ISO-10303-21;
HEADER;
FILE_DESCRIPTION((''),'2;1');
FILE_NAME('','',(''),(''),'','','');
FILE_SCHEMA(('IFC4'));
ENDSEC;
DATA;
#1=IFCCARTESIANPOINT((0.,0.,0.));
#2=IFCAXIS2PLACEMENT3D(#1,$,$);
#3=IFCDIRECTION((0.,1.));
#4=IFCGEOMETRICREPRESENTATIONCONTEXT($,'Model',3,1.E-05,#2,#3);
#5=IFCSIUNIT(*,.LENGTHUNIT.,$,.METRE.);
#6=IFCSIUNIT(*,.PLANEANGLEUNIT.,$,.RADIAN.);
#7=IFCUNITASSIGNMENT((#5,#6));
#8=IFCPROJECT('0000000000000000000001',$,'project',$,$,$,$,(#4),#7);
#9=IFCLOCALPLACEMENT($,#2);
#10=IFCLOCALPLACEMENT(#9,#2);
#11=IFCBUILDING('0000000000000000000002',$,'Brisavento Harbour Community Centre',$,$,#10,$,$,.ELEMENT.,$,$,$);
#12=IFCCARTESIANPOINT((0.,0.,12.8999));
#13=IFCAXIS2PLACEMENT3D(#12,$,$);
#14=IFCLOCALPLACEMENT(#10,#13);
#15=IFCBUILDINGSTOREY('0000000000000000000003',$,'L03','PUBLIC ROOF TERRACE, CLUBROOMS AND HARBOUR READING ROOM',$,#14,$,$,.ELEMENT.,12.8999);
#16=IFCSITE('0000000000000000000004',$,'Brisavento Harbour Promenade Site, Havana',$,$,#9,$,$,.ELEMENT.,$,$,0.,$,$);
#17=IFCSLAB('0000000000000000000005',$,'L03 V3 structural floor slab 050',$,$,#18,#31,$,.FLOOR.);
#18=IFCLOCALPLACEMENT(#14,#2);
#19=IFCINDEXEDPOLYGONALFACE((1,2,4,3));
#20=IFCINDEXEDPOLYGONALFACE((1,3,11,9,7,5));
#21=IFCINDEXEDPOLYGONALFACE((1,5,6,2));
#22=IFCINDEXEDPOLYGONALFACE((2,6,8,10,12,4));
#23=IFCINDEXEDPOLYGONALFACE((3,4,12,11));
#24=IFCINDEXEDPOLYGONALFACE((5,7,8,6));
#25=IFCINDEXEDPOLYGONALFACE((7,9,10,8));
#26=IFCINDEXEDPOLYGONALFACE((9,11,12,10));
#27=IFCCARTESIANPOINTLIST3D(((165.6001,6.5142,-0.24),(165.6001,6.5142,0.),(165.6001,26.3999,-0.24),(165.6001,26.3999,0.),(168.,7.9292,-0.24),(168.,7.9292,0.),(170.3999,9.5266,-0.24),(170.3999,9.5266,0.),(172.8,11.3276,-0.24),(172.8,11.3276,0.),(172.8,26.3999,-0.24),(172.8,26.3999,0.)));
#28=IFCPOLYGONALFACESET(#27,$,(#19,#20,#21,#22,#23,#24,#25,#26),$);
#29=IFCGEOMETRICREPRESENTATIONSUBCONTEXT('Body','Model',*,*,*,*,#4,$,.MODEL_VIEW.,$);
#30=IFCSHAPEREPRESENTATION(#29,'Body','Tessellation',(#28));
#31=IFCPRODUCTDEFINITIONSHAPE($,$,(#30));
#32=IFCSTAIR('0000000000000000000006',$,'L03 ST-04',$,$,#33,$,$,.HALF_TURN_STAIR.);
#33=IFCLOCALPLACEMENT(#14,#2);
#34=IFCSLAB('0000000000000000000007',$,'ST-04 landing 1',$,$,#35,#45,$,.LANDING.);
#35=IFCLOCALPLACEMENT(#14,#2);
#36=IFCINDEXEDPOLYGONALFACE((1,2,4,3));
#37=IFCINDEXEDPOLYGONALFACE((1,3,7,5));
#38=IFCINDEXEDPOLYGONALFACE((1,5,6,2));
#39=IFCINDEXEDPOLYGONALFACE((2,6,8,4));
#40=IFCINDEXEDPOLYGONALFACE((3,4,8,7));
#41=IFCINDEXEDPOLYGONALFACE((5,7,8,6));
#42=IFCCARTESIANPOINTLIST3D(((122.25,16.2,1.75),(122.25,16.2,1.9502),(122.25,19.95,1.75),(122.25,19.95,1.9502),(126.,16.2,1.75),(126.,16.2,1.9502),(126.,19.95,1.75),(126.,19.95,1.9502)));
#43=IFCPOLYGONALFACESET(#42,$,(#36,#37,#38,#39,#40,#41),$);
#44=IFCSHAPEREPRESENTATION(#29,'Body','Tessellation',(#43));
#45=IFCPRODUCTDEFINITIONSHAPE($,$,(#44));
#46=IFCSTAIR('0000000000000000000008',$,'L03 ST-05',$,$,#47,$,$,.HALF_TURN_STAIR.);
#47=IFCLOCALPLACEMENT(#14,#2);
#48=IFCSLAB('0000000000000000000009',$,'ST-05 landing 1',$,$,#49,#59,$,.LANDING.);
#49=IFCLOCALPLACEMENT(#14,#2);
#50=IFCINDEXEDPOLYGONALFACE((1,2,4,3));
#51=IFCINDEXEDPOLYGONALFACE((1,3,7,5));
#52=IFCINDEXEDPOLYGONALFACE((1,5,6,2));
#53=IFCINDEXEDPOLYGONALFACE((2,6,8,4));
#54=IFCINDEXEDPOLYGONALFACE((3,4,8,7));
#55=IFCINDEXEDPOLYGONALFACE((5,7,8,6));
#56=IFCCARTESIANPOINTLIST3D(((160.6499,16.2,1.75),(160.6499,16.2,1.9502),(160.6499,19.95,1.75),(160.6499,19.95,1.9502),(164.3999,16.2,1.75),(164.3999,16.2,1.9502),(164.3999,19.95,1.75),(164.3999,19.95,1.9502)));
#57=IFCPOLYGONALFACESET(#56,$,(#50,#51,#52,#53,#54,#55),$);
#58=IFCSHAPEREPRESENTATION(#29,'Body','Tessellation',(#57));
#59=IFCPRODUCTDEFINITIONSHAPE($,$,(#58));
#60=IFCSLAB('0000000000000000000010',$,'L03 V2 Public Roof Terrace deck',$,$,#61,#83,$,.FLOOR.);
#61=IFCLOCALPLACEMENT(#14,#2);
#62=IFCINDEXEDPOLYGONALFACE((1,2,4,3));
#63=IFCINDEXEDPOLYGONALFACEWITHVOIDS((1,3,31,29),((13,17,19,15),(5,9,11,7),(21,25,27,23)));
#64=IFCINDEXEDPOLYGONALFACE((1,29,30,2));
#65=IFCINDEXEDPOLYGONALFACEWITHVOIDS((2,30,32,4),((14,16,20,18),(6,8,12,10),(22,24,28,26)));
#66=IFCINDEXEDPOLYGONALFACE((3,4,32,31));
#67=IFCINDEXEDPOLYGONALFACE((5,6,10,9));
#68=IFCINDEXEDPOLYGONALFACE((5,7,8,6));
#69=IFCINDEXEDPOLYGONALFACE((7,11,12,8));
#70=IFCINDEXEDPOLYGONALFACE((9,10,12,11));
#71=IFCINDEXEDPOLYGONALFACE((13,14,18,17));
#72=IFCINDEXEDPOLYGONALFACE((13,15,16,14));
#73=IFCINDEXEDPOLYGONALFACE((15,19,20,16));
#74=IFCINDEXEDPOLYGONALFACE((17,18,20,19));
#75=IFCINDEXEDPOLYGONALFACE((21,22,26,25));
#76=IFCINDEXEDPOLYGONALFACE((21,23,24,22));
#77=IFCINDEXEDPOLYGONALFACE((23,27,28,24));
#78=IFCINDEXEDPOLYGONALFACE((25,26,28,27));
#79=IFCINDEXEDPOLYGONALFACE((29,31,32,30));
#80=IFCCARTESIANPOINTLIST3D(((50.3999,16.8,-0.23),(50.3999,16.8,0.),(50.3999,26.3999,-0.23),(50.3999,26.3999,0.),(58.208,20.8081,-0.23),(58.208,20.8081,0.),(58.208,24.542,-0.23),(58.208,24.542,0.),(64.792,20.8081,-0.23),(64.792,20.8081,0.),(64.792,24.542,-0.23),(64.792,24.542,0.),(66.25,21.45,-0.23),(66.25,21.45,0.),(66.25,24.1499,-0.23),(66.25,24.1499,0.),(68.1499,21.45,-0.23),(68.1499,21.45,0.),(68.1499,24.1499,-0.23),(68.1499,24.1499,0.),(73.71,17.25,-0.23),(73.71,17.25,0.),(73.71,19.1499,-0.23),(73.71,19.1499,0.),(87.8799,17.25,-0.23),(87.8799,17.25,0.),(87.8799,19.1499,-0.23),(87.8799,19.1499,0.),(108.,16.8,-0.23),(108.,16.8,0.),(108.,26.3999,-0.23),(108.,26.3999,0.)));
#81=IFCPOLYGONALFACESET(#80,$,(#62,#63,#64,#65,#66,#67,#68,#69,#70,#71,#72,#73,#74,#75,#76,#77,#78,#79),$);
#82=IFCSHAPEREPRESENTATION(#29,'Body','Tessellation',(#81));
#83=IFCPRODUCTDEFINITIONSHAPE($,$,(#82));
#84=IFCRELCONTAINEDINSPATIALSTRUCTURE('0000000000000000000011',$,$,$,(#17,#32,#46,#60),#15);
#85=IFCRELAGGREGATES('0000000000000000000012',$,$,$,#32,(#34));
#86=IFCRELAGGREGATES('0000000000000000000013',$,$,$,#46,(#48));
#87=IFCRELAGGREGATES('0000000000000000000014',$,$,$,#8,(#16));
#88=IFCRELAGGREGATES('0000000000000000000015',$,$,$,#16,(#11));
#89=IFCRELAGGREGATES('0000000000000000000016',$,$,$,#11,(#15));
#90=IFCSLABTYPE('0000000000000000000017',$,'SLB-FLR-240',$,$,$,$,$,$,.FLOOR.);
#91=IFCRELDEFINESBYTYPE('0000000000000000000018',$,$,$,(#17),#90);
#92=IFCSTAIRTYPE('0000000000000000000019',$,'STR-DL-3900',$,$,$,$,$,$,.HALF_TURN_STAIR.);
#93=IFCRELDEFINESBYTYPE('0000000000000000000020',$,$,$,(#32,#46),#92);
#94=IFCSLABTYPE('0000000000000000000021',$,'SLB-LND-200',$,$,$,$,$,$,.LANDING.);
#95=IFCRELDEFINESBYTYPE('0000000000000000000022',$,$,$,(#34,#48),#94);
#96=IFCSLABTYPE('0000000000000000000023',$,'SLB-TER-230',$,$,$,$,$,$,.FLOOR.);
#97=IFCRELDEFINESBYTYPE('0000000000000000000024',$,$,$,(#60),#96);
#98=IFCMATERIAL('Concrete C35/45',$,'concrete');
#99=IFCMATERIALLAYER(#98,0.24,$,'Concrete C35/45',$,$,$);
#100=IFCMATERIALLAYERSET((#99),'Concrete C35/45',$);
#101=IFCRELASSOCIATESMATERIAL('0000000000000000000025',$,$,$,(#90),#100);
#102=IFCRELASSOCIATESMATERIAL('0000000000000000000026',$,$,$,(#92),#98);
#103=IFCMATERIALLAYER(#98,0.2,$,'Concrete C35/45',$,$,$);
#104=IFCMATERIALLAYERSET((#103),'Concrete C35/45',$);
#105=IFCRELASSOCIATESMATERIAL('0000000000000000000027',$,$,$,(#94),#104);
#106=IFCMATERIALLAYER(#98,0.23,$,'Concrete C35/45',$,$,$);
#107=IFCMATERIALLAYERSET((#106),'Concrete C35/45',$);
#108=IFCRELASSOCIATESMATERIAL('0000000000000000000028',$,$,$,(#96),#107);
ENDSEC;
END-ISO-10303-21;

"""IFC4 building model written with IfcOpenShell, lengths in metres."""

from ifc_helpers import new_model, si_unit, direction, frame, origin, place, context, subcontext, project, spatial, polyline, outline, extrude, material, layer, layer_set, type_object, element, aggregate, save


model = new_model("IFC4")

# Units and contexts
model_context = context("Model", 3, precision=1e-05, world=origin(), true_north=direction((0.0, 1.0)))
body_context = subcontext(model_context, "Body", "Model", "MODEL_VIEW")
ifc_project = project(units=[si_unit("LENGTHUNIT", "METRE"), si_unit("PLANEANGLEUNIT", "RADIAN")], contexts=[model_context])

# Site, building, storey
site_placement = place(None, origin())
site = spatial("IfcSite", under=ifc_project, at=site_placement, Name="Brisavento Harbour Promenade Site, Havana", CompositionType="ELEMENT", RefElevation=0.0)
building_placement = place(site_placement, origin())
building = spatial("IfcBuilding", under=site, at=building_placement, Name="Brisavento Harbour Community Centre", CompositionType="ELEMENT")
storey_placement = place(building_placement, frame((0.0, 0.0, 12.8999)))
storey = spatial("IfcBuildingStorey", under=building, at=storey_placement, Name="L03", Description="PUBLIC ROOF TERRACE, CLUBROOMS AND HARBOUR READING ROOM", CompositionType="ELEMENT", Elevation=12.8999)

# Slab
ifc_material_1 = material(Name="Concrete C35/45", Category="concrete")
ifc_layer_1 = layer(ifc_material_1, 0.24, Name="Concrete C35/45")
ifc_layer_set_1 = layer_set([ifc_layer_1], Name="Concrete C35/45")
slab_type_1 = type_object("IfcSlabType", Name="SLB-FLR-240", PredefinedType="FLOOR", material=ifc_layer_set_1)
slab_1_placement = place(storey_placement, frame((0.0, 0.0, -0.24)))
element("IfcSlab", 1, at=slab_1_placement, inside=storey, type_object=slab_type_1, Name="L03 V3 structural floor slab 050", PredefinedType="FLOOR", context=body_context, shape_type="SweptSolid", body=[
    extrude(outline(polyline([(165.6001, 26.3999), (165.6001, 6.5142), (168.0, 7.9292), (170.3999, 9.5266), (172.8, 11.3276), (172.8, 26.3999), (165.6001, 26.3999)])), origin(), (0.0, 0.0, 1.0), 0.24),
])

# Stairs, slabs
stair_type = type_object("IfcStairType", Name="STR-DL-3900", PredefinedType="HALF_TURN_STAIR", material=ifc_material_1)
stair_1_placement = place(storey_placement, origin())
stair_1 = element("IfcStair", 2, at=stair_1_placement, inside=storey, type_object=stair_type, Name="L03 ST-04", PredefinedType="HALF_TURN_STAIR")
ifc_layer_2 = layer(ifc_material_1, 0.2, Name="Concrete C35/45")
ifc_layer_set_2 = layer_set([ifc_layer_2], Name="Concrete C35/45")
slab_type_2 = type_object("IfcSlabType", Name="SLB-LND-200", PredefinedType="LANDING", material=ifc_layer_set_2)
slab_2_placement = place(storey_placement, frame((0.0, 0.0, 1.75)))
slab_2 = element("IfcSlab", 3, at=slab_2_placement, type_object=slab_type_2, Name="ST-04 landing 1", PredefinedType="LANDING", context=body_context, shape_type="SweptSolid", body=[
    extrude(outline(polyline([(122.25, 16.2), (126.0, 16.2), (126.0, 19.95), (122.25, 19.95), (122.25, 16.2)])), origin(), (0.0, 0.0, 1.0), 0.2002),
])
aggregate(stair_1, [slab_2])
stair_2_placement = place(storey_placement, origin())
stair_2 = element("IfcStair", 4, at=stair_2_placement, inside=storey, type_object=stair_type, Name="L03 ST-05", PredefinedType="HALF_TURN_STAIR")
slab_3_placement = place(storey_placement, frame((0.0, 0.0, 1.75)))
slab_3 = element("IfcSlab", 5, at=slab_3_placement, type_object=slab_type_2, Name="ST-05 landing 1", PredefinedType="LANDING", context=body_context, shape_type="SweptSolid", body=[
    extrude(outline(polyline([(160.6499, 16.2), (164.3999, 16.2), (164.3999, 19.95), (160.6499, 19.95), (160.6499, 16.2)])), origin(), (0.0, 0.0, 1.0), 0.2002),
])
aggregate(stair_2, [slab_3])

# Slab
ifc_layer_3 = layer(ifc_material_1, 0.23, Name="Concrete C35/45")
ifc_layer_set_3 = layer_set([ifc_layer_3], Name="Concrete C35/45")
slab_type_3 = type_object("IfcSlabType", Name="SLB-TER-230", PredefinedType="FLOOR", material=ifc_layer_set_3)
slab_4_placement = place(storey_placement, frame((0.0, 0.0, -0.23)))
element("IfcSlab", 6, at=slab_4_placement, inside=storey, type_object=slab_type_3, Name="L03 V2 Public Roof Terrace deck", PredefinedType="FLOOR", context=body_context, shape_type="SweptSolid", body=[
    extrude(outline(polyline([(50.3999, 16.8), (108.0, 16.8), (108.0, 26.3999), (50.3999, 26.3999), (50.3999, 16.8)]), holes=[polyline([(87.8799, 17.25), (73.71, 17.25), (73.71, 19.1499), (87.8799, 19.1499), (87.8799, 17.25)]), polyline([(58.208, 20.8081), (58.208, 24.542), (64.792, 24.542), (64.792, 20.8081), (58.208, 20.8081)]), polyline([(66.25, 21.45), (66.25, 24.1499), (68.1499, 24.1499), (68.1499, 21.45), (66.25, 21.45)])]), origin(), (0.0, 0.0, 1.0), 0.23),
])

save(model, "model.ifc")
